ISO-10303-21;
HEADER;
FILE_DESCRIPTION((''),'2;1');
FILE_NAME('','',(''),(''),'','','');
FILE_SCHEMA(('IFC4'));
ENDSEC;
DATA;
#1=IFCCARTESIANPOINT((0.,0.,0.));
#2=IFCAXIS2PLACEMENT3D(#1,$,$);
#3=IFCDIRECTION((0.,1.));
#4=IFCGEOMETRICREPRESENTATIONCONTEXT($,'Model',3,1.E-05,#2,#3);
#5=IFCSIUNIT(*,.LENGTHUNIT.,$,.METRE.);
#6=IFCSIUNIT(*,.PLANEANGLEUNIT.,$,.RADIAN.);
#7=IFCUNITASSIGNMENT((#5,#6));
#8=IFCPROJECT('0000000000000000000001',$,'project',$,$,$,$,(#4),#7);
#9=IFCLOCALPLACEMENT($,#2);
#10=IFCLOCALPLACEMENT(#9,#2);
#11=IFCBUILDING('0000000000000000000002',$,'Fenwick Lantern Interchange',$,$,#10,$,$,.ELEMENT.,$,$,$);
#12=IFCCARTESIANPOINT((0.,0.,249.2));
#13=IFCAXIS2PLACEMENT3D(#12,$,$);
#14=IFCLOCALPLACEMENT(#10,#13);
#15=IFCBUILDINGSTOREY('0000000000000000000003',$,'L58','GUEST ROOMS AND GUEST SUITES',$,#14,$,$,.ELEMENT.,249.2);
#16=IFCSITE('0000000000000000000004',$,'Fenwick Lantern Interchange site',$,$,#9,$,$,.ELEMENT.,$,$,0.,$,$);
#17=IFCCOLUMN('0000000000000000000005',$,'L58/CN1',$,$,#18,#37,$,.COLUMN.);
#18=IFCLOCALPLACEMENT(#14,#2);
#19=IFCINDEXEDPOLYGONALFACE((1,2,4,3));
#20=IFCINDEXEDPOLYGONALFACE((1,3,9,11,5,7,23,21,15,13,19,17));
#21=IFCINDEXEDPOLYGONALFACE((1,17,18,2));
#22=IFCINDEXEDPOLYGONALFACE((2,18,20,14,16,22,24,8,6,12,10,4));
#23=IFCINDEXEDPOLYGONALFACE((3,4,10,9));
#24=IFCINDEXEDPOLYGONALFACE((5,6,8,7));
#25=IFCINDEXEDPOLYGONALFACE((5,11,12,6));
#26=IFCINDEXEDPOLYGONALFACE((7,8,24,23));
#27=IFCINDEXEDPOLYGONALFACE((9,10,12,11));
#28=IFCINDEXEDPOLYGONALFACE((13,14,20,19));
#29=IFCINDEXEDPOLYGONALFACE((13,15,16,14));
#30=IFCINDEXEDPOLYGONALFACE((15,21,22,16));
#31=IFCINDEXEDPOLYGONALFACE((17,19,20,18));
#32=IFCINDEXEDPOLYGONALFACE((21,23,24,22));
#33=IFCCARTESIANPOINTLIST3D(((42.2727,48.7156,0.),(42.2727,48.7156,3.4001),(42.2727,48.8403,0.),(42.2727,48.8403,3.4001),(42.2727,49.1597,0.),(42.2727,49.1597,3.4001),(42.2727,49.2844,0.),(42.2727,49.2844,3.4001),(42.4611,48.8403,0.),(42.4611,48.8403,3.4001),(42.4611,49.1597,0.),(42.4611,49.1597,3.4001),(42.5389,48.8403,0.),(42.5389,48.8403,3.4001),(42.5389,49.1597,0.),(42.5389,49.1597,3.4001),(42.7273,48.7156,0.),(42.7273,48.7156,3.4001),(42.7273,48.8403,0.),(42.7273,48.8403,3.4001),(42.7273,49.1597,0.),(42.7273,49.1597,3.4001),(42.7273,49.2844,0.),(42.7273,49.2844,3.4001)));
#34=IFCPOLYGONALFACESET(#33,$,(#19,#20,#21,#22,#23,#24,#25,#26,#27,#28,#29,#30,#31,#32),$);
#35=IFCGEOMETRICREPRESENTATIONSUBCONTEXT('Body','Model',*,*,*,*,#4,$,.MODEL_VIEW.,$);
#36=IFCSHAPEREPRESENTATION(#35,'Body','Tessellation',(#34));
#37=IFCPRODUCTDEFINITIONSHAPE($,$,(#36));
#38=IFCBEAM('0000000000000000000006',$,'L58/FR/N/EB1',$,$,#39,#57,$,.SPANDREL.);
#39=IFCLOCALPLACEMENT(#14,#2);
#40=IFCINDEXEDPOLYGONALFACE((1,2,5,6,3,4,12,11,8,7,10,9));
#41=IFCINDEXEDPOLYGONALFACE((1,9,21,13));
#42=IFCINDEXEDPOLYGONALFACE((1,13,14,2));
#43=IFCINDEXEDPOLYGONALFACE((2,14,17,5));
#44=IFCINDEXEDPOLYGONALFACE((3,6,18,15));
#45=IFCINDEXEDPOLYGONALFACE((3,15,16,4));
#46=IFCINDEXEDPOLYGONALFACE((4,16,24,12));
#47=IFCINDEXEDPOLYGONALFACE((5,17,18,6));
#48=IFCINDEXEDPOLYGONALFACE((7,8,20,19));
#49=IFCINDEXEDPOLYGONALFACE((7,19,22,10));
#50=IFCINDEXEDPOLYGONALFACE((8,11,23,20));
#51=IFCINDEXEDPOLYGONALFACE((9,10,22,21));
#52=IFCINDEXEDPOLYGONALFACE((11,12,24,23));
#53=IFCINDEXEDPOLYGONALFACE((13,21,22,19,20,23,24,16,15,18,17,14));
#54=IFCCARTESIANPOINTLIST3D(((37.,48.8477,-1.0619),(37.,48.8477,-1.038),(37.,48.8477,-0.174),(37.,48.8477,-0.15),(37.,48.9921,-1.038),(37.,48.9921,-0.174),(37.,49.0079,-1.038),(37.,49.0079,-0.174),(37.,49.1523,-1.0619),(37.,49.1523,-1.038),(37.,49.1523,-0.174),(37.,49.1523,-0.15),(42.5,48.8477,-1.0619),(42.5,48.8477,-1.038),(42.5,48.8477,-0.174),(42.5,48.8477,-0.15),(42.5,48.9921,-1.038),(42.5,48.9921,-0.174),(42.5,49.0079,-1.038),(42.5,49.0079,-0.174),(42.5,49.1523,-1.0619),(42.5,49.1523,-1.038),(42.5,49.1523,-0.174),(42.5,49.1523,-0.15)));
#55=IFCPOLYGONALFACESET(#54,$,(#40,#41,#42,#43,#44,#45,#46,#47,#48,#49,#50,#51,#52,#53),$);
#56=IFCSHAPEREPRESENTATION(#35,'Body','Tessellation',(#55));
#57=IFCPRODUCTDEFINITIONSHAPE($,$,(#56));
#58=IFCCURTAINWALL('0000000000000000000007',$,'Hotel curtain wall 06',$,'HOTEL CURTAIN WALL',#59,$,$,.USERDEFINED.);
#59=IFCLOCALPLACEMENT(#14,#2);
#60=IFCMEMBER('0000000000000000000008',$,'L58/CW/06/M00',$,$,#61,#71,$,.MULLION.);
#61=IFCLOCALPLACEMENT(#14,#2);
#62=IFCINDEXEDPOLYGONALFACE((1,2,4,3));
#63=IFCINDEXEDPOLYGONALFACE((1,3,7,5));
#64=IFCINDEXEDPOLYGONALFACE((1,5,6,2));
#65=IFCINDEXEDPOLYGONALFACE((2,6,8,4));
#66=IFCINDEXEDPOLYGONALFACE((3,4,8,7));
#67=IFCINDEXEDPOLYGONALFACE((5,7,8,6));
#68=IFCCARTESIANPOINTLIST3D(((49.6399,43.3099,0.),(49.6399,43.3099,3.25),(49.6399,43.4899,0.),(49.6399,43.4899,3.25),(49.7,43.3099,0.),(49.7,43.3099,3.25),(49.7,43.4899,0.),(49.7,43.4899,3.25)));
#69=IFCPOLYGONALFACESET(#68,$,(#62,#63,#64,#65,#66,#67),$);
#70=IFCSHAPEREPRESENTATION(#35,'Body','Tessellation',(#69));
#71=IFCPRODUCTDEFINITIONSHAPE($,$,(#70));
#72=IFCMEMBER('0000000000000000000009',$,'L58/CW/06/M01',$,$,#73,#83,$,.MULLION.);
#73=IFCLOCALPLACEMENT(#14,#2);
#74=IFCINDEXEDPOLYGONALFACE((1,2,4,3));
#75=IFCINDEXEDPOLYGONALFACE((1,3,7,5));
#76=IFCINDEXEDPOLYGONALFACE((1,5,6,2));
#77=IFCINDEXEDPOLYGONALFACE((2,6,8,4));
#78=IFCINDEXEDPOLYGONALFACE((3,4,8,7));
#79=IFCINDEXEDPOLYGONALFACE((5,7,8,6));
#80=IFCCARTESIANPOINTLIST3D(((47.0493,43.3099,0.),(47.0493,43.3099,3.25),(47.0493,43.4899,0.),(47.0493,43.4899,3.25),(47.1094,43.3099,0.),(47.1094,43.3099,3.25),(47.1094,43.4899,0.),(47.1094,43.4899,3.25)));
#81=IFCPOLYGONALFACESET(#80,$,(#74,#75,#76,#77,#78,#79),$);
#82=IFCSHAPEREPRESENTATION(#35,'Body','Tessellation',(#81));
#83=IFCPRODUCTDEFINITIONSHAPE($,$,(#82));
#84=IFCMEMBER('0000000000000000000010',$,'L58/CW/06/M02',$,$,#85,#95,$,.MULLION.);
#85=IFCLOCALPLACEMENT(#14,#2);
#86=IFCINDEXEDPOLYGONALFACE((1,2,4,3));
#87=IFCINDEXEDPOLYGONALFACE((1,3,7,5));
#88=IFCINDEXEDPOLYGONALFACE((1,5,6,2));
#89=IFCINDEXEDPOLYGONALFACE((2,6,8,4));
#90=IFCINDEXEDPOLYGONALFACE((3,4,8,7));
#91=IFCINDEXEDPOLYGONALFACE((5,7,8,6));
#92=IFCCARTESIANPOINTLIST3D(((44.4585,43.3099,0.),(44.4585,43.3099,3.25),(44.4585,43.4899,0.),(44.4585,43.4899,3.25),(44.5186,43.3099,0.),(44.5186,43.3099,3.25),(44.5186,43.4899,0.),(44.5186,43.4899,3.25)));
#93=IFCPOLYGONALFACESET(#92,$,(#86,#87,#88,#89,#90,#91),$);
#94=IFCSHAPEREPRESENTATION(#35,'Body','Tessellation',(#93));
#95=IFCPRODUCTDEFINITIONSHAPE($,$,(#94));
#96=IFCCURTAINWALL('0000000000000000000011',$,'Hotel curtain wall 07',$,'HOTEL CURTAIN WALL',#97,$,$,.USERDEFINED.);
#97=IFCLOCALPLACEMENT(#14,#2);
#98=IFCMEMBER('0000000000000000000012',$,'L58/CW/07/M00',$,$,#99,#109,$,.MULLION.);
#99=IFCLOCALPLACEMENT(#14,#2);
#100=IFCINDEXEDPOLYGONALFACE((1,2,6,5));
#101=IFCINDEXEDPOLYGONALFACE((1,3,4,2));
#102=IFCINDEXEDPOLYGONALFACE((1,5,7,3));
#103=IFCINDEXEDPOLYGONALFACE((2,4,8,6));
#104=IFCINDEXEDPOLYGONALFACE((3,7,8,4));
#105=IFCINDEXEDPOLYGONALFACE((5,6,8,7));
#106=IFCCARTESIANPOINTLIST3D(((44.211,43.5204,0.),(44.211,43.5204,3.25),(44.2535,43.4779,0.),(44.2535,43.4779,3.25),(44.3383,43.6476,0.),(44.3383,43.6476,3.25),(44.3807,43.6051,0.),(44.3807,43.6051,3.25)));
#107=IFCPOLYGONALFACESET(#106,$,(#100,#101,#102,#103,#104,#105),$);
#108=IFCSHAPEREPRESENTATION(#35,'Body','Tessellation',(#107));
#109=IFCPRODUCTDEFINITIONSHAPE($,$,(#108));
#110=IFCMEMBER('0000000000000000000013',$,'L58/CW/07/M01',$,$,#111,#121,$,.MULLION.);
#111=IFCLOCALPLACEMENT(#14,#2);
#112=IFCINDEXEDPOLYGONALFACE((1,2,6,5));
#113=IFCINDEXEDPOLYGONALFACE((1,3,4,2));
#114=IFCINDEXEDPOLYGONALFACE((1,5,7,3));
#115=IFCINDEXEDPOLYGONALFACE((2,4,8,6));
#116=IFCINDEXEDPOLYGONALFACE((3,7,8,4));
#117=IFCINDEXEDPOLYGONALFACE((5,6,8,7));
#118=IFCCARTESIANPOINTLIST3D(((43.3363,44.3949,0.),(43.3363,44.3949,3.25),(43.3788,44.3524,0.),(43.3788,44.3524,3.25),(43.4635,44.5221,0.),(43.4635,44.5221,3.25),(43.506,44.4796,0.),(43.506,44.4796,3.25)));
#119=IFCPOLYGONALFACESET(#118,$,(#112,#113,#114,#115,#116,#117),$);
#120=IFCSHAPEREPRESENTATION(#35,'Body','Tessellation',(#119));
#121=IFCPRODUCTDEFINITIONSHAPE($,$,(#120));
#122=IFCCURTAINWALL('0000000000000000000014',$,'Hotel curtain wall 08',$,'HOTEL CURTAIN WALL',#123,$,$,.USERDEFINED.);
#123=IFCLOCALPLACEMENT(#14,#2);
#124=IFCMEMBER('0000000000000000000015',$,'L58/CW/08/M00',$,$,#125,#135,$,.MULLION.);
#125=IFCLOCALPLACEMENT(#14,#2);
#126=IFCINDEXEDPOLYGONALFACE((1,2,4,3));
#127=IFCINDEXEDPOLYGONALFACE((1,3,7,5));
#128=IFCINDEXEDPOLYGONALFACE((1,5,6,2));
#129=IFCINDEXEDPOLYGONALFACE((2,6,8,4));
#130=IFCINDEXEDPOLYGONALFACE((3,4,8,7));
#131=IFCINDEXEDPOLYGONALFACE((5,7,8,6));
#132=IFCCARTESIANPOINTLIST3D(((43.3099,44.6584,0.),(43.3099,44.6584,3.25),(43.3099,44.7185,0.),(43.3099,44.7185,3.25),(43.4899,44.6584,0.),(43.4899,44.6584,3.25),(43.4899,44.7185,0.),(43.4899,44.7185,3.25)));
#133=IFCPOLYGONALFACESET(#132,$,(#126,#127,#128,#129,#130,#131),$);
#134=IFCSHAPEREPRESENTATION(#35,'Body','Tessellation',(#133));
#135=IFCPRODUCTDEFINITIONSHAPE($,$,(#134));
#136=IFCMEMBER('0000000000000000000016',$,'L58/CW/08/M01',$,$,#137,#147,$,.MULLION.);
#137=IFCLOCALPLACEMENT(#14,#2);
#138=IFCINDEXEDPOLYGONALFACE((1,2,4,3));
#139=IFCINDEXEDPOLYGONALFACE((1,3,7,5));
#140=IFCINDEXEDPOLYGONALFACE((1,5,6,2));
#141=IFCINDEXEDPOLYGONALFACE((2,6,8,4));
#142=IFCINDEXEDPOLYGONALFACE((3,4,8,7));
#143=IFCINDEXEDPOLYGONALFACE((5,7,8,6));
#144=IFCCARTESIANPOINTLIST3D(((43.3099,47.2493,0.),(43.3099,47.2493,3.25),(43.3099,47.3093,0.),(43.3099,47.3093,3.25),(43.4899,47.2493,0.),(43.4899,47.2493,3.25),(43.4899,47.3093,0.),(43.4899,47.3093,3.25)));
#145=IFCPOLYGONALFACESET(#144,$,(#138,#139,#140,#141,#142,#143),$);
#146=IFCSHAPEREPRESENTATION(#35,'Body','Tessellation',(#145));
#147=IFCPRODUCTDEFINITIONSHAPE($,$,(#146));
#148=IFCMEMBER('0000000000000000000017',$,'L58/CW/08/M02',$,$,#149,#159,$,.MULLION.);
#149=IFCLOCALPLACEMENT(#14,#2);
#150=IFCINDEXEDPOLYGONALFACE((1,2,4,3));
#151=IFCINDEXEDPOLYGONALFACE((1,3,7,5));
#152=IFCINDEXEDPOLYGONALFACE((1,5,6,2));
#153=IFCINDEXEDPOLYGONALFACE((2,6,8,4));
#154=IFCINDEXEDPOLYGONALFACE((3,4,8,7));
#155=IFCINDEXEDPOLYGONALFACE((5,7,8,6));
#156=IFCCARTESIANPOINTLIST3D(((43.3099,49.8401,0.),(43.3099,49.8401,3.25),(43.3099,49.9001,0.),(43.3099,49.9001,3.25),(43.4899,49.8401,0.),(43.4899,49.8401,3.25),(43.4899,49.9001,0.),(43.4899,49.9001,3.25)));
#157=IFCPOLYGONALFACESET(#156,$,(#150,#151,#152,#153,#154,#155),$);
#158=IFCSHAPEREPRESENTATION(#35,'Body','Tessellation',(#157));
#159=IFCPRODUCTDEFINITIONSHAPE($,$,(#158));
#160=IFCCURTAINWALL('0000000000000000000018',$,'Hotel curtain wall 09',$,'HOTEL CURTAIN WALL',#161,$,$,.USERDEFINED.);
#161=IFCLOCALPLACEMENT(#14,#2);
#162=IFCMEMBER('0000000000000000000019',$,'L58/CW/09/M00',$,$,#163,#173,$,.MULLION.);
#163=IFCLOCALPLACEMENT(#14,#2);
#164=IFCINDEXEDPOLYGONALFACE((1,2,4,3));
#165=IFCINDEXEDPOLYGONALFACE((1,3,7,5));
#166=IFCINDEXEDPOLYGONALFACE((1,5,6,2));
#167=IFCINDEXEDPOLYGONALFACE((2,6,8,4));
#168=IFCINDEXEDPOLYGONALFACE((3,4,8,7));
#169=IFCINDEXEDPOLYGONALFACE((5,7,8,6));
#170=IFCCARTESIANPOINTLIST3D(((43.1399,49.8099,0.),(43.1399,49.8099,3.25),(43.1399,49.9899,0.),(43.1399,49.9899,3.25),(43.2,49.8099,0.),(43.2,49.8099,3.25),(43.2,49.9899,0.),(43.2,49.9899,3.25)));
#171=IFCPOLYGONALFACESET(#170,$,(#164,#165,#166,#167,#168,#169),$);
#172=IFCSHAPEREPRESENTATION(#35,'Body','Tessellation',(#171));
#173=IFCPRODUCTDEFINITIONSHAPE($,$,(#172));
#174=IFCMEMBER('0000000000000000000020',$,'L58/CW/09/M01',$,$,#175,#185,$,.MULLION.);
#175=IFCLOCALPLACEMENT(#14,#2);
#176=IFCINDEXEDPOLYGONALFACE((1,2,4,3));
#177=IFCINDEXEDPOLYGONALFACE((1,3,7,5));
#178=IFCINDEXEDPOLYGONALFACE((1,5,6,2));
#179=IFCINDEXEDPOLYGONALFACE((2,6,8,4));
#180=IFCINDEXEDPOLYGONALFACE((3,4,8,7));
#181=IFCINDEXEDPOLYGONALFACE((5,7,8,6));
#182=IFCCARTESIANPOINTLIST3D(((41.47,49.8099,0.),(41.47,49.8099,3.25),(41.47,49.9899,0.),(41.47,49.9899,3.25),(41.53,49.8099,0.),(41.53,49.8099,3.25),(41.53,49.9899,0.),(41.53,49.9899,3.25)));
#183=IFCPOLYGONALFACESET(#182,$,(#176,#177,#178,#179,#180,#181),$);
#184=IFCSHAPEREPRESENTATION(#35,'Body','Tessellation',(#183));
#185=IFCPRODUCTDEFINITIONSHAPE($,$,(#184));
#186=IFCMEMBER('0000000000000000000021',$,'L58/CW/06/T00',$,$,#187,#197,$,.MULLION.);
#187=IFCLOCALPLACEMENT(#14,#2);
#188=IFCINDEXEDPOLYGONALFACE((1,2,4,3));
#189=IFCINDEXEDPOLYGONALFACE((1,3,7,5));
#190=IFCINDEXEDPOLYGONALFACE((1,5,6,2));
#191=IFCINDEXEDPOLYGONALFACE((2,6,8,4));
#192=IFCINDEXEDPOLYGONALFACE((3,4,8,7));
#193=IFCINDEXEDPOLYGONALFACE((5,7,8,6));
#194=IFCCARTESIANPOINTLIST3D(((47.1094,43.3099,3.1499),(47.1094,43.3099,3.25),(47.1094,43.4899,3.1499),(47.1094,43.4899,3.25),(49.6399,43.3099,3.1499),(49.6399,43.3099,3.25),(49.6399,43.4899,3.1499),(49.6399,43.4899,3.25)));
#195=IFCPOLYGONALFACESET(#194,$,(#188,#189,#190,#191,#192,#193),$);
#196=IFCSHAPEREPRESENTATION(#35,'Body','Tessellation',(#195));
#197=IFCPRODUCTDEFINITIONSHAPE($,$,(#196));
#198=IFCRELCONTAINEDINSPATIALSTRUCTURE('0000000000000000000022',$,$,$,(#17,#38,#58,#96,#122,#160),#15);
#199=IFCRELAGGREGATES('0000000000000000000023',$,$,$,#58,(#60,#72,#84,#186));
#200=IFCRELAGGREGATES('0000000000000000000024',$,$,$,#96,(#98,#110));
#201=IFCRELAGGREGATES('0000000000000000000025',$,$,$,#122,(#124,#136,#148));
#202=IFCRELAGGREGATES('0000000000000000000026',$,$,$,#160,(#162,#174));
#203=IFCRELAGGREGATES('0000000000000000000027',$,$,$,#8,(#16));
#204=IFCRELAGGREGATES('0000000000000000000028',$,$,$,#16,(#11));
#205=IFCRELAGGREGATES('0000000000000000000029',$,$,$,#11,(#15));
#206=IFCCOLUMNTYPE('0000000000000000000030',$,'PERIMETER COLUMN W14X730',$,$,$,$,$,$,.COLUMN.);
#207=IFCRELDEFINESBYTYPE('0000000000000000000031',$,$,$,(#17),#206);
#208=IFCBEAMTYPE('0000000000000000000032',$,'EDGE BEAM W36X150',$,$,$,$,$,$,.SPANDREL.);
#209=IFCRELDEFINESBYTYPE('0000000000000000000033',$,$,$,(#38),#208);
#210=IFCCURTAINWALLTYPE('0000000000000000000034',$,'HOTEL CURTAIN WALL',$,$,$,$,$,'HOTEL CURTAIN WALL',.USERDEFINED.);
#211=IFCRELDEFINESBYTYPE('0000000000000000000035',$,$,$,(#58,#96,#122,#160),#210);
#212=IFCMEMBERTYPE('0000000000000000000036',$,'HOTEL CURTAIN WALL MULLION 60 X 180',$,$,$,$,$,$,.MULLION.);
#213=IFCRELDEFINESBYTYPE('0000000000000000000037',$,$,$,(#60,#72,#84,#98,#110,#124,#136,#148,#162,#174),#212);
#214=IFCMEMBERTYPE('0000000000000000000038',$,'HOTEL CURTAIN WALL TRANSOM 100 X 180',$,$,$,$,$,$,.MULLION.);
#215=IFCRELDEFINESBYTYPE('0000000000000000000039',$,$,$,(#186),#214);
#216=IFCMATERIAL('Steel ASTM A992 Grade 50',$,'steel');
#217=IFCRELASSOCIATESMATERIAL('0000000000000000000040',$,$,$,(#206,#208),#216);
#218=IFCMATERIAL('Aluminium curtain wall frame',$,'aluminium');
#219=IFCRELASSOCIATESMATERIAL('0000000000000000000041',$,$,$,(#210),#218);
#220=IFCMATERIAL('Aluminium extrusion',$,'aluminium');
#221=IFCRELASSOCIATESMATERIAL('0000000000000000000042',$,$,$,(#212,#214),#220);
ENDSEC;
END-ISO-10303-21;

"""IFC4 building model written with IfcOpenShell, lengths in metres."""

from ifc_helpers import new_model, si_unit, direction, frame, origin, origin_2d, place, context, subcontext, project, spatial, rectangle, i_section, extrude, material, material_profile, profile_set, type_object, element, aggregate, save


model = new_model("IFC4")

# Units and contexts
model_context = context("Model", 3, precision=1e-05, world=origin(), true_north=direction((0.0, 1.0)))
body_context = subcontext(model_context, "Body", "Model", "MODEL_VIEW")
ifc_project = project(units=[si_unit("LENGTHUNIT", "METRE"), si_unit("PLANEANGLEUNIT", "RADIAN")], contexts=[model_context])

# Site, building, storey
site_placement = place(None, origin())
site = spatial("IfcSite", under=ifc_project, at=site_placement, Name="Fenwick Lantern Interchange site", CompositionType="ELEMENT", RefElevation=0.0)
building_placement = place(site_placement, origin())
building = spatial("IfcBuilding", under=site, at=building_placement, Name="Fenwick Lantern Interchange", CompositionType="ELEMENT")
storey_placement = place(building_placement, frame((0.0, 0.0, 249.2)))
storey = spatial("IfcBuildingStorey", under=building, at=storey_placement, Name="L58", Description="GUEST ROOMS AND GUEST SUITES", CompositionType="ELEMENT", Elevation=249.2)

# Column
ifc_material_1 = material(Name="Steel ASTM A992 Grade 50", Category="steel")
ifc_material_profile_1 = material_profile(ifc_material_1, i_section(OverallWidth=0.4546, OverallDepth=0.5688, WebThickness=0.0779, FlangeThickness=0.1248, at=origin_2d()), Name="W14X730")
ifc_profile_set_1 = profile_set([ifc_material_profile_1], Name="Steel ASTM A992 Grade 50")
column_type = type_object("IfcColumnType", Name="PERIMETER COLUMN W14X730", PredefinedType="COLUMN", material=ifc_profile_set_1)
column_placement = place(storey_placement, frame((42.5, 49.0, 0.0), z_axis=(0.0, 0.0, 1.0), x_axis=(1.0, 0.0, 0.0)))
element("IfcColumn", 1, at=column_placement, inside=storey, type_object=column_type, Name="L58/CN1", PredefinedType="COLUMN", context=body_context, shape_type="SweptSolid", body=[
    extrude(i_section(OverallWidth=0.4546, OverallDepth=0.5688, WebThickness=0.0779, FlangeThickness=0.1248, at=origin_2d()), origin(), (0.0, 0.0, 1.0), 3.4001),
])

# Beam
ifc_material_profile_2 = material_profile(ifc_material_1, i_section(OverallWidth=0.3047, OverallDepth=0.9119, WebThickness=0.0159, FlangeThickness=0.0239, at=origin_2d()), Name="W36X150")
ifc_profile_set_2 = profile_set([ifc_material_profile_2], Name="Steel ASTM A992 Grade 50")
beam_type_1 = type_object("IfcBeamType", Name="EDGE BEAM W36X150", PredefinedType="SPANDREL", material=ifc_profile_set_2)
beam_1_placement = place(storey_placement, frame((42.5, 49.0, -0.606), z_axis=(-1.0, 0.0, 0.0), x_axis=(0.0, -1.0, 0.0)))
element("IfcBeam", 2, at=beam_1_placement, inside=storey, type_object=beam_type_1, Name="L58/FR/N/EB1", PredefinedType="SPANDREL", context=body_context, shape_type="SweptSolid", body=[
    extrude(i_section(OverallWidth=0.3047, OverallDepth=0.9119, WebThickness=0.0159, FlangeThickness=0.0239, at=origin_2d()), origin(), (0.0, 0.0, 1.0), 5.5),
])

# Curtain walls, members
ifc_material_2 = material(Name="Aluminium curtain wall frame", Category="aluminium")
curtain_wall_type = type_object("IfcCurtainWallType", Name="HOTEL CURTAIN WALL", ElementType="HOTEL CURTAIN WALL", PredefinedType="USERDEFINED", material=ifc_material_2)
curtain_wall_1_placement = place(storey_placement, origin())
curtain_wall_1 = element("IfcCurtainWall", 3, at=curtain_wall_1_placement, inside=storey, type_object=curtain_wall_type, Name="Hotel curtain wall 06", ObjectType="HOTEL CURTAIN WALL", PredefinedType="USERDEFINED")
ifc_material_3 = material(Name="Aluminium extrusion", Category="aluminium")
ifc_material_profile_3 = material_profile(ifc_material_3, rectangle(XDim=0.1799, YDim=0.0601, at=origin_2d()), Name="HOTEL CURTAIN WALL MULLION 60 X 180")
ifc_profile_set_3 = profile_set([ifc_material_profile_3], Name="Aluminium extrusion")
member_type_1 = type_object("IfcMemberType", Name="HOTEL CURTAIN WALL MULLION 60 X 180", PredefinedType="MULLION", material=ifc_profile_set_3)
member_1_placement = place(storey_placement, frame((49.6699, 43.3999, 0.0), z_axis=(0.0, 0.0, 1.0), x_axis=(0.0, -1.0, 0.0)))
member_1 = element("IfcMember", 4, at=member_1_placement, type_object=member_type_1, Name="L58/CW/06/M00", PredefinedType="MULLION", context=body_context, shape_type="SweptSolid", body=[
    extrude(rectangle(XDim=0.1799, YDim=0.0601, at=origin_2d()), origin(), (0.0, 0.0, 1.0), 3.25),
])
member_2_placement = place(storey_placement, frame((47.0793, 43.3999, 0.0), z_axis=(0.0, 0.0, 1.0), x_axis=(0.0, -1.0, 0.0)))
member_2 = element("IfcMember", 5, at=member_2_placement, type_object=member_type_1, Name="L58/CW/06/M01", PredefinedType="MULLION", context=body_context, shape_type="SweptSolid", body=[
    extrude(rectangle(XDim=0.1799, YDim=0.0601, at=origin_2d()), origin(), (0.0, 0.0, 1.0), 3.25),
])
member_3_placement = place(storey_placement, frame((44.4885, 43.3999, 0.0), z_axis=(0.0, 0.0, 1.0), x_axis=(0.0, -1.0, 0.0)))
member_3 = element("IfcMember", 6, at=member_3_placement, type_object=member_type_1, Name="L58/CW/06/M02", PredefinedType="MULLION", context=body_context, shape_type="SweptSolid", body=[
    extrude(rectangle(XDim=0.1799, YDim=0.0601, at=origin_2d()), origin(), (0.0, 0.0, 1.0), 3.25),
])
curtain_wall_2_placement = place(storey_placement, origin())
curtain_wall_2 = element("IfcCurtainWall", 7, at=curtain_wall_2_placement, inside=storey, type_object=curtain_wall_type, Name="Hotel curtain wall 07", ObjectType="HOTEL CURTAIN WALL", PredefinedType="USERDEFINED")
member_4_placement = place(storey_placement, frame((44.2959, 43.5627, 0.0), z_axis=(0.0, 0.0, 1.0), x_axis=(-0.707107, -0.707107, 0.0)))
member_4 = element("IfcMember", 8, at=member_4_placement, type_object=member_type_1, Name="L58/CW/07/M00", PredefinedType="MULLION", context=body_context, shape_type="SweptSolid", body=[
    extrude(rectangle(XDim=0.1799, YDim=0.0601, at=origin_2d()), origin(), (0.0, 0.0, 1.0), 3.25),
])
member_5_placement = place(storey_placement, frame((43.4211, 44.4373, 0.0), z_axis=(0.0, 0.0, 1.0), x_axis=(-0.707107, -0.707107, 0.0)))
member_5 = element("IfcMember", 9, at=member_5_placement, type_object=member_type_1, Name="L58/CW/07/M01", PredefinedType="MULLION", context=body_context, shape_type="SweptSolid", body=[
    extrude(rectangle(XDim=0.1799, YDim=0.0601, at=origin_2d()), origin(), (0.0, 0.0, 1.0), 3.25),
])
curtain_wall_3_placement = place(storey_placement, origin())
curtain_wall_3 = element("IfcCurtainWall", 10, at=curtain_wall_3_placement, inside=storey, type_object=curtain_wall_type, Name="Hotel curtain wall 08", ObjectType="HOTEL CURTAIN WALL", PredefinedType="USERDEFINED")
member_6_placement = place(storey_placement, frame((43.3999, 44.6885, 0.0), z_axis=(0.0, 0.0, 1.0), x_axis=(-1.0, 0.0, 0.0)))
member_6 = element("IfcMember", 11, at=member_6_placement, type_object=member_type_1, Name="L58/CW/08/M00", PredefinedType="MULLION", context=body_context, shape_type="SweptSolid", body=[
    extrude(rectangle(XDim=0.1799, YDim=0.0601, at=origin_2d()), origin(), (0.0, 0.0, 1.0), 3.25),
])
member_7_placement = place(storey_placement, frame((43.3999, 47.2793, 0.0), z_axis=(0.0, 0.0, 1.0), x_axis=(-1.0, 0.0, 0.0)))
member_7 = element("IfcMember", 12, at=member_7_placement, type_object=member_type_1, Name="L58/CW/08/M01", PredefinedType="MULLION", context=body_context, shape_type="SweptSolid", body=[
    extrude(rectangle(XDim=0.1799, YDim=0.0601, at=origin_2d()), origin(), (0.0, 0.0, 1.0), 3.25),
])
member_8_placement = place(storey_placement, frame((43.3999, 49.8701, 0.0), z_axis=(0.0, 0.0, 1.0), x_axis=(-1.0, 0.0, 0.0)))
member_8 = element("IfcMember", 13, at=member_8_placement, type_object=member_type_1, Name="L58/CW/08/M02", PredefinedType="MULLION", context=body_context, shape_type="SweptSolid", body=[
    extrude(rectangle(XDim=0.1799, YDim=0.0601, at=origin_2d()), origin(), (0.0, 0.0, 1.0), 3.25),
])
curtain_wall_4_placement = place(storey_placement, origin())
curtain_wall_4 = element("IfcCurtainWall", 14, at=curtain_wall_4_placement, inside=storey, type_object=curtain_wall_type, Name="Hotel curtain wall 09", ObjectType="HOTEL CURTAIN WALL", PredefinedType="USERDEFINED")
member_9_placement = place(storey_placement, frame((43.1699, 49.8999, 0.0), z_axis=(0.0, 0.0, 1.0), x_axis=(0.0, -1.0, 0.0)))
member_9 = element("IfcMember", 15, at=member_9_placement, type_object=member_type_1, Name="L58/CW/09/M00", PredefinedType="MULLION", context=body_context, shape_type="SweptSolid", body=[
    extrude(rectangle(XDim=0.1799, YDim=0.0601, at=origin_2d()), origin(), (0.0, 0.0, 1.0), 3.25),
])
member_10_placement = place(storey_placement, frame((41.5, 49.8999, 0.0), z_axis=(0.0, 0.0, 1.0), x_axis=(0.0, -1.0, 0.0)))
member_10 = element("IfcMember", 16, at=member_10_placement, type_object=member_type_1, Name="L58/CW/09/M01", PredefinedType="MULLION", context=body_context, shape_type="SweptSolid", body=[
    extrude(rectangle(XDim=0.1799, YDim=0.0601, at=origin_2d()), origin(), (0.0, 0.0, 1.0), 3.25),
])

# Member
ifc_material_profile_4 = material_profile(ifc_material_3, rectangle(XDim=0.1799, YDim=0.1001, at=origin_2d()), Name="HOTEL CURTAIN WALL TRANSOM 100 X 180")
ifc_profile_set_4 = profile_set([ifc_material_profile_4], Name="Aluminium extrusion")
member_type_2 = type_object("IfcMemberType", Name="HOTEL CURTAIN WALL TRANSOM 100 X 180", PredefinedType="MULLION", material=ifc_profile_set_4)
member_11_placement = place(storey_placement, frame((49.6399, 43.3999, 3.2), z_axis=(-1.0, 0.0, 0.0), x_axis=(0.0, -1.0, 0.0)))
member_11 = element("IfcMember", 17, at=member_11_placement, type_object=member_type_2, Name="L58/CW/06/T00", PredefinedType="MULLION", context=body_context, shape_type="SweptSolid", body=[
    extrude(rectangle(XDim=0.1799, YDim=0.1001, at=origin_2d()), origin(), (0.0, 0.0, 1.0), 2.5305),
])

aggregate(curtain_wall_1, [member_1, member_2, member_3, member_11])
aggregate(curtain_wall_2, [member_4, member_5])
aggregate(curtain_wall_3, [member_6, member_7, member_8])
aggregate(curtain_wall_4, [member_9, member_10])

save(model, "model.ifc")
